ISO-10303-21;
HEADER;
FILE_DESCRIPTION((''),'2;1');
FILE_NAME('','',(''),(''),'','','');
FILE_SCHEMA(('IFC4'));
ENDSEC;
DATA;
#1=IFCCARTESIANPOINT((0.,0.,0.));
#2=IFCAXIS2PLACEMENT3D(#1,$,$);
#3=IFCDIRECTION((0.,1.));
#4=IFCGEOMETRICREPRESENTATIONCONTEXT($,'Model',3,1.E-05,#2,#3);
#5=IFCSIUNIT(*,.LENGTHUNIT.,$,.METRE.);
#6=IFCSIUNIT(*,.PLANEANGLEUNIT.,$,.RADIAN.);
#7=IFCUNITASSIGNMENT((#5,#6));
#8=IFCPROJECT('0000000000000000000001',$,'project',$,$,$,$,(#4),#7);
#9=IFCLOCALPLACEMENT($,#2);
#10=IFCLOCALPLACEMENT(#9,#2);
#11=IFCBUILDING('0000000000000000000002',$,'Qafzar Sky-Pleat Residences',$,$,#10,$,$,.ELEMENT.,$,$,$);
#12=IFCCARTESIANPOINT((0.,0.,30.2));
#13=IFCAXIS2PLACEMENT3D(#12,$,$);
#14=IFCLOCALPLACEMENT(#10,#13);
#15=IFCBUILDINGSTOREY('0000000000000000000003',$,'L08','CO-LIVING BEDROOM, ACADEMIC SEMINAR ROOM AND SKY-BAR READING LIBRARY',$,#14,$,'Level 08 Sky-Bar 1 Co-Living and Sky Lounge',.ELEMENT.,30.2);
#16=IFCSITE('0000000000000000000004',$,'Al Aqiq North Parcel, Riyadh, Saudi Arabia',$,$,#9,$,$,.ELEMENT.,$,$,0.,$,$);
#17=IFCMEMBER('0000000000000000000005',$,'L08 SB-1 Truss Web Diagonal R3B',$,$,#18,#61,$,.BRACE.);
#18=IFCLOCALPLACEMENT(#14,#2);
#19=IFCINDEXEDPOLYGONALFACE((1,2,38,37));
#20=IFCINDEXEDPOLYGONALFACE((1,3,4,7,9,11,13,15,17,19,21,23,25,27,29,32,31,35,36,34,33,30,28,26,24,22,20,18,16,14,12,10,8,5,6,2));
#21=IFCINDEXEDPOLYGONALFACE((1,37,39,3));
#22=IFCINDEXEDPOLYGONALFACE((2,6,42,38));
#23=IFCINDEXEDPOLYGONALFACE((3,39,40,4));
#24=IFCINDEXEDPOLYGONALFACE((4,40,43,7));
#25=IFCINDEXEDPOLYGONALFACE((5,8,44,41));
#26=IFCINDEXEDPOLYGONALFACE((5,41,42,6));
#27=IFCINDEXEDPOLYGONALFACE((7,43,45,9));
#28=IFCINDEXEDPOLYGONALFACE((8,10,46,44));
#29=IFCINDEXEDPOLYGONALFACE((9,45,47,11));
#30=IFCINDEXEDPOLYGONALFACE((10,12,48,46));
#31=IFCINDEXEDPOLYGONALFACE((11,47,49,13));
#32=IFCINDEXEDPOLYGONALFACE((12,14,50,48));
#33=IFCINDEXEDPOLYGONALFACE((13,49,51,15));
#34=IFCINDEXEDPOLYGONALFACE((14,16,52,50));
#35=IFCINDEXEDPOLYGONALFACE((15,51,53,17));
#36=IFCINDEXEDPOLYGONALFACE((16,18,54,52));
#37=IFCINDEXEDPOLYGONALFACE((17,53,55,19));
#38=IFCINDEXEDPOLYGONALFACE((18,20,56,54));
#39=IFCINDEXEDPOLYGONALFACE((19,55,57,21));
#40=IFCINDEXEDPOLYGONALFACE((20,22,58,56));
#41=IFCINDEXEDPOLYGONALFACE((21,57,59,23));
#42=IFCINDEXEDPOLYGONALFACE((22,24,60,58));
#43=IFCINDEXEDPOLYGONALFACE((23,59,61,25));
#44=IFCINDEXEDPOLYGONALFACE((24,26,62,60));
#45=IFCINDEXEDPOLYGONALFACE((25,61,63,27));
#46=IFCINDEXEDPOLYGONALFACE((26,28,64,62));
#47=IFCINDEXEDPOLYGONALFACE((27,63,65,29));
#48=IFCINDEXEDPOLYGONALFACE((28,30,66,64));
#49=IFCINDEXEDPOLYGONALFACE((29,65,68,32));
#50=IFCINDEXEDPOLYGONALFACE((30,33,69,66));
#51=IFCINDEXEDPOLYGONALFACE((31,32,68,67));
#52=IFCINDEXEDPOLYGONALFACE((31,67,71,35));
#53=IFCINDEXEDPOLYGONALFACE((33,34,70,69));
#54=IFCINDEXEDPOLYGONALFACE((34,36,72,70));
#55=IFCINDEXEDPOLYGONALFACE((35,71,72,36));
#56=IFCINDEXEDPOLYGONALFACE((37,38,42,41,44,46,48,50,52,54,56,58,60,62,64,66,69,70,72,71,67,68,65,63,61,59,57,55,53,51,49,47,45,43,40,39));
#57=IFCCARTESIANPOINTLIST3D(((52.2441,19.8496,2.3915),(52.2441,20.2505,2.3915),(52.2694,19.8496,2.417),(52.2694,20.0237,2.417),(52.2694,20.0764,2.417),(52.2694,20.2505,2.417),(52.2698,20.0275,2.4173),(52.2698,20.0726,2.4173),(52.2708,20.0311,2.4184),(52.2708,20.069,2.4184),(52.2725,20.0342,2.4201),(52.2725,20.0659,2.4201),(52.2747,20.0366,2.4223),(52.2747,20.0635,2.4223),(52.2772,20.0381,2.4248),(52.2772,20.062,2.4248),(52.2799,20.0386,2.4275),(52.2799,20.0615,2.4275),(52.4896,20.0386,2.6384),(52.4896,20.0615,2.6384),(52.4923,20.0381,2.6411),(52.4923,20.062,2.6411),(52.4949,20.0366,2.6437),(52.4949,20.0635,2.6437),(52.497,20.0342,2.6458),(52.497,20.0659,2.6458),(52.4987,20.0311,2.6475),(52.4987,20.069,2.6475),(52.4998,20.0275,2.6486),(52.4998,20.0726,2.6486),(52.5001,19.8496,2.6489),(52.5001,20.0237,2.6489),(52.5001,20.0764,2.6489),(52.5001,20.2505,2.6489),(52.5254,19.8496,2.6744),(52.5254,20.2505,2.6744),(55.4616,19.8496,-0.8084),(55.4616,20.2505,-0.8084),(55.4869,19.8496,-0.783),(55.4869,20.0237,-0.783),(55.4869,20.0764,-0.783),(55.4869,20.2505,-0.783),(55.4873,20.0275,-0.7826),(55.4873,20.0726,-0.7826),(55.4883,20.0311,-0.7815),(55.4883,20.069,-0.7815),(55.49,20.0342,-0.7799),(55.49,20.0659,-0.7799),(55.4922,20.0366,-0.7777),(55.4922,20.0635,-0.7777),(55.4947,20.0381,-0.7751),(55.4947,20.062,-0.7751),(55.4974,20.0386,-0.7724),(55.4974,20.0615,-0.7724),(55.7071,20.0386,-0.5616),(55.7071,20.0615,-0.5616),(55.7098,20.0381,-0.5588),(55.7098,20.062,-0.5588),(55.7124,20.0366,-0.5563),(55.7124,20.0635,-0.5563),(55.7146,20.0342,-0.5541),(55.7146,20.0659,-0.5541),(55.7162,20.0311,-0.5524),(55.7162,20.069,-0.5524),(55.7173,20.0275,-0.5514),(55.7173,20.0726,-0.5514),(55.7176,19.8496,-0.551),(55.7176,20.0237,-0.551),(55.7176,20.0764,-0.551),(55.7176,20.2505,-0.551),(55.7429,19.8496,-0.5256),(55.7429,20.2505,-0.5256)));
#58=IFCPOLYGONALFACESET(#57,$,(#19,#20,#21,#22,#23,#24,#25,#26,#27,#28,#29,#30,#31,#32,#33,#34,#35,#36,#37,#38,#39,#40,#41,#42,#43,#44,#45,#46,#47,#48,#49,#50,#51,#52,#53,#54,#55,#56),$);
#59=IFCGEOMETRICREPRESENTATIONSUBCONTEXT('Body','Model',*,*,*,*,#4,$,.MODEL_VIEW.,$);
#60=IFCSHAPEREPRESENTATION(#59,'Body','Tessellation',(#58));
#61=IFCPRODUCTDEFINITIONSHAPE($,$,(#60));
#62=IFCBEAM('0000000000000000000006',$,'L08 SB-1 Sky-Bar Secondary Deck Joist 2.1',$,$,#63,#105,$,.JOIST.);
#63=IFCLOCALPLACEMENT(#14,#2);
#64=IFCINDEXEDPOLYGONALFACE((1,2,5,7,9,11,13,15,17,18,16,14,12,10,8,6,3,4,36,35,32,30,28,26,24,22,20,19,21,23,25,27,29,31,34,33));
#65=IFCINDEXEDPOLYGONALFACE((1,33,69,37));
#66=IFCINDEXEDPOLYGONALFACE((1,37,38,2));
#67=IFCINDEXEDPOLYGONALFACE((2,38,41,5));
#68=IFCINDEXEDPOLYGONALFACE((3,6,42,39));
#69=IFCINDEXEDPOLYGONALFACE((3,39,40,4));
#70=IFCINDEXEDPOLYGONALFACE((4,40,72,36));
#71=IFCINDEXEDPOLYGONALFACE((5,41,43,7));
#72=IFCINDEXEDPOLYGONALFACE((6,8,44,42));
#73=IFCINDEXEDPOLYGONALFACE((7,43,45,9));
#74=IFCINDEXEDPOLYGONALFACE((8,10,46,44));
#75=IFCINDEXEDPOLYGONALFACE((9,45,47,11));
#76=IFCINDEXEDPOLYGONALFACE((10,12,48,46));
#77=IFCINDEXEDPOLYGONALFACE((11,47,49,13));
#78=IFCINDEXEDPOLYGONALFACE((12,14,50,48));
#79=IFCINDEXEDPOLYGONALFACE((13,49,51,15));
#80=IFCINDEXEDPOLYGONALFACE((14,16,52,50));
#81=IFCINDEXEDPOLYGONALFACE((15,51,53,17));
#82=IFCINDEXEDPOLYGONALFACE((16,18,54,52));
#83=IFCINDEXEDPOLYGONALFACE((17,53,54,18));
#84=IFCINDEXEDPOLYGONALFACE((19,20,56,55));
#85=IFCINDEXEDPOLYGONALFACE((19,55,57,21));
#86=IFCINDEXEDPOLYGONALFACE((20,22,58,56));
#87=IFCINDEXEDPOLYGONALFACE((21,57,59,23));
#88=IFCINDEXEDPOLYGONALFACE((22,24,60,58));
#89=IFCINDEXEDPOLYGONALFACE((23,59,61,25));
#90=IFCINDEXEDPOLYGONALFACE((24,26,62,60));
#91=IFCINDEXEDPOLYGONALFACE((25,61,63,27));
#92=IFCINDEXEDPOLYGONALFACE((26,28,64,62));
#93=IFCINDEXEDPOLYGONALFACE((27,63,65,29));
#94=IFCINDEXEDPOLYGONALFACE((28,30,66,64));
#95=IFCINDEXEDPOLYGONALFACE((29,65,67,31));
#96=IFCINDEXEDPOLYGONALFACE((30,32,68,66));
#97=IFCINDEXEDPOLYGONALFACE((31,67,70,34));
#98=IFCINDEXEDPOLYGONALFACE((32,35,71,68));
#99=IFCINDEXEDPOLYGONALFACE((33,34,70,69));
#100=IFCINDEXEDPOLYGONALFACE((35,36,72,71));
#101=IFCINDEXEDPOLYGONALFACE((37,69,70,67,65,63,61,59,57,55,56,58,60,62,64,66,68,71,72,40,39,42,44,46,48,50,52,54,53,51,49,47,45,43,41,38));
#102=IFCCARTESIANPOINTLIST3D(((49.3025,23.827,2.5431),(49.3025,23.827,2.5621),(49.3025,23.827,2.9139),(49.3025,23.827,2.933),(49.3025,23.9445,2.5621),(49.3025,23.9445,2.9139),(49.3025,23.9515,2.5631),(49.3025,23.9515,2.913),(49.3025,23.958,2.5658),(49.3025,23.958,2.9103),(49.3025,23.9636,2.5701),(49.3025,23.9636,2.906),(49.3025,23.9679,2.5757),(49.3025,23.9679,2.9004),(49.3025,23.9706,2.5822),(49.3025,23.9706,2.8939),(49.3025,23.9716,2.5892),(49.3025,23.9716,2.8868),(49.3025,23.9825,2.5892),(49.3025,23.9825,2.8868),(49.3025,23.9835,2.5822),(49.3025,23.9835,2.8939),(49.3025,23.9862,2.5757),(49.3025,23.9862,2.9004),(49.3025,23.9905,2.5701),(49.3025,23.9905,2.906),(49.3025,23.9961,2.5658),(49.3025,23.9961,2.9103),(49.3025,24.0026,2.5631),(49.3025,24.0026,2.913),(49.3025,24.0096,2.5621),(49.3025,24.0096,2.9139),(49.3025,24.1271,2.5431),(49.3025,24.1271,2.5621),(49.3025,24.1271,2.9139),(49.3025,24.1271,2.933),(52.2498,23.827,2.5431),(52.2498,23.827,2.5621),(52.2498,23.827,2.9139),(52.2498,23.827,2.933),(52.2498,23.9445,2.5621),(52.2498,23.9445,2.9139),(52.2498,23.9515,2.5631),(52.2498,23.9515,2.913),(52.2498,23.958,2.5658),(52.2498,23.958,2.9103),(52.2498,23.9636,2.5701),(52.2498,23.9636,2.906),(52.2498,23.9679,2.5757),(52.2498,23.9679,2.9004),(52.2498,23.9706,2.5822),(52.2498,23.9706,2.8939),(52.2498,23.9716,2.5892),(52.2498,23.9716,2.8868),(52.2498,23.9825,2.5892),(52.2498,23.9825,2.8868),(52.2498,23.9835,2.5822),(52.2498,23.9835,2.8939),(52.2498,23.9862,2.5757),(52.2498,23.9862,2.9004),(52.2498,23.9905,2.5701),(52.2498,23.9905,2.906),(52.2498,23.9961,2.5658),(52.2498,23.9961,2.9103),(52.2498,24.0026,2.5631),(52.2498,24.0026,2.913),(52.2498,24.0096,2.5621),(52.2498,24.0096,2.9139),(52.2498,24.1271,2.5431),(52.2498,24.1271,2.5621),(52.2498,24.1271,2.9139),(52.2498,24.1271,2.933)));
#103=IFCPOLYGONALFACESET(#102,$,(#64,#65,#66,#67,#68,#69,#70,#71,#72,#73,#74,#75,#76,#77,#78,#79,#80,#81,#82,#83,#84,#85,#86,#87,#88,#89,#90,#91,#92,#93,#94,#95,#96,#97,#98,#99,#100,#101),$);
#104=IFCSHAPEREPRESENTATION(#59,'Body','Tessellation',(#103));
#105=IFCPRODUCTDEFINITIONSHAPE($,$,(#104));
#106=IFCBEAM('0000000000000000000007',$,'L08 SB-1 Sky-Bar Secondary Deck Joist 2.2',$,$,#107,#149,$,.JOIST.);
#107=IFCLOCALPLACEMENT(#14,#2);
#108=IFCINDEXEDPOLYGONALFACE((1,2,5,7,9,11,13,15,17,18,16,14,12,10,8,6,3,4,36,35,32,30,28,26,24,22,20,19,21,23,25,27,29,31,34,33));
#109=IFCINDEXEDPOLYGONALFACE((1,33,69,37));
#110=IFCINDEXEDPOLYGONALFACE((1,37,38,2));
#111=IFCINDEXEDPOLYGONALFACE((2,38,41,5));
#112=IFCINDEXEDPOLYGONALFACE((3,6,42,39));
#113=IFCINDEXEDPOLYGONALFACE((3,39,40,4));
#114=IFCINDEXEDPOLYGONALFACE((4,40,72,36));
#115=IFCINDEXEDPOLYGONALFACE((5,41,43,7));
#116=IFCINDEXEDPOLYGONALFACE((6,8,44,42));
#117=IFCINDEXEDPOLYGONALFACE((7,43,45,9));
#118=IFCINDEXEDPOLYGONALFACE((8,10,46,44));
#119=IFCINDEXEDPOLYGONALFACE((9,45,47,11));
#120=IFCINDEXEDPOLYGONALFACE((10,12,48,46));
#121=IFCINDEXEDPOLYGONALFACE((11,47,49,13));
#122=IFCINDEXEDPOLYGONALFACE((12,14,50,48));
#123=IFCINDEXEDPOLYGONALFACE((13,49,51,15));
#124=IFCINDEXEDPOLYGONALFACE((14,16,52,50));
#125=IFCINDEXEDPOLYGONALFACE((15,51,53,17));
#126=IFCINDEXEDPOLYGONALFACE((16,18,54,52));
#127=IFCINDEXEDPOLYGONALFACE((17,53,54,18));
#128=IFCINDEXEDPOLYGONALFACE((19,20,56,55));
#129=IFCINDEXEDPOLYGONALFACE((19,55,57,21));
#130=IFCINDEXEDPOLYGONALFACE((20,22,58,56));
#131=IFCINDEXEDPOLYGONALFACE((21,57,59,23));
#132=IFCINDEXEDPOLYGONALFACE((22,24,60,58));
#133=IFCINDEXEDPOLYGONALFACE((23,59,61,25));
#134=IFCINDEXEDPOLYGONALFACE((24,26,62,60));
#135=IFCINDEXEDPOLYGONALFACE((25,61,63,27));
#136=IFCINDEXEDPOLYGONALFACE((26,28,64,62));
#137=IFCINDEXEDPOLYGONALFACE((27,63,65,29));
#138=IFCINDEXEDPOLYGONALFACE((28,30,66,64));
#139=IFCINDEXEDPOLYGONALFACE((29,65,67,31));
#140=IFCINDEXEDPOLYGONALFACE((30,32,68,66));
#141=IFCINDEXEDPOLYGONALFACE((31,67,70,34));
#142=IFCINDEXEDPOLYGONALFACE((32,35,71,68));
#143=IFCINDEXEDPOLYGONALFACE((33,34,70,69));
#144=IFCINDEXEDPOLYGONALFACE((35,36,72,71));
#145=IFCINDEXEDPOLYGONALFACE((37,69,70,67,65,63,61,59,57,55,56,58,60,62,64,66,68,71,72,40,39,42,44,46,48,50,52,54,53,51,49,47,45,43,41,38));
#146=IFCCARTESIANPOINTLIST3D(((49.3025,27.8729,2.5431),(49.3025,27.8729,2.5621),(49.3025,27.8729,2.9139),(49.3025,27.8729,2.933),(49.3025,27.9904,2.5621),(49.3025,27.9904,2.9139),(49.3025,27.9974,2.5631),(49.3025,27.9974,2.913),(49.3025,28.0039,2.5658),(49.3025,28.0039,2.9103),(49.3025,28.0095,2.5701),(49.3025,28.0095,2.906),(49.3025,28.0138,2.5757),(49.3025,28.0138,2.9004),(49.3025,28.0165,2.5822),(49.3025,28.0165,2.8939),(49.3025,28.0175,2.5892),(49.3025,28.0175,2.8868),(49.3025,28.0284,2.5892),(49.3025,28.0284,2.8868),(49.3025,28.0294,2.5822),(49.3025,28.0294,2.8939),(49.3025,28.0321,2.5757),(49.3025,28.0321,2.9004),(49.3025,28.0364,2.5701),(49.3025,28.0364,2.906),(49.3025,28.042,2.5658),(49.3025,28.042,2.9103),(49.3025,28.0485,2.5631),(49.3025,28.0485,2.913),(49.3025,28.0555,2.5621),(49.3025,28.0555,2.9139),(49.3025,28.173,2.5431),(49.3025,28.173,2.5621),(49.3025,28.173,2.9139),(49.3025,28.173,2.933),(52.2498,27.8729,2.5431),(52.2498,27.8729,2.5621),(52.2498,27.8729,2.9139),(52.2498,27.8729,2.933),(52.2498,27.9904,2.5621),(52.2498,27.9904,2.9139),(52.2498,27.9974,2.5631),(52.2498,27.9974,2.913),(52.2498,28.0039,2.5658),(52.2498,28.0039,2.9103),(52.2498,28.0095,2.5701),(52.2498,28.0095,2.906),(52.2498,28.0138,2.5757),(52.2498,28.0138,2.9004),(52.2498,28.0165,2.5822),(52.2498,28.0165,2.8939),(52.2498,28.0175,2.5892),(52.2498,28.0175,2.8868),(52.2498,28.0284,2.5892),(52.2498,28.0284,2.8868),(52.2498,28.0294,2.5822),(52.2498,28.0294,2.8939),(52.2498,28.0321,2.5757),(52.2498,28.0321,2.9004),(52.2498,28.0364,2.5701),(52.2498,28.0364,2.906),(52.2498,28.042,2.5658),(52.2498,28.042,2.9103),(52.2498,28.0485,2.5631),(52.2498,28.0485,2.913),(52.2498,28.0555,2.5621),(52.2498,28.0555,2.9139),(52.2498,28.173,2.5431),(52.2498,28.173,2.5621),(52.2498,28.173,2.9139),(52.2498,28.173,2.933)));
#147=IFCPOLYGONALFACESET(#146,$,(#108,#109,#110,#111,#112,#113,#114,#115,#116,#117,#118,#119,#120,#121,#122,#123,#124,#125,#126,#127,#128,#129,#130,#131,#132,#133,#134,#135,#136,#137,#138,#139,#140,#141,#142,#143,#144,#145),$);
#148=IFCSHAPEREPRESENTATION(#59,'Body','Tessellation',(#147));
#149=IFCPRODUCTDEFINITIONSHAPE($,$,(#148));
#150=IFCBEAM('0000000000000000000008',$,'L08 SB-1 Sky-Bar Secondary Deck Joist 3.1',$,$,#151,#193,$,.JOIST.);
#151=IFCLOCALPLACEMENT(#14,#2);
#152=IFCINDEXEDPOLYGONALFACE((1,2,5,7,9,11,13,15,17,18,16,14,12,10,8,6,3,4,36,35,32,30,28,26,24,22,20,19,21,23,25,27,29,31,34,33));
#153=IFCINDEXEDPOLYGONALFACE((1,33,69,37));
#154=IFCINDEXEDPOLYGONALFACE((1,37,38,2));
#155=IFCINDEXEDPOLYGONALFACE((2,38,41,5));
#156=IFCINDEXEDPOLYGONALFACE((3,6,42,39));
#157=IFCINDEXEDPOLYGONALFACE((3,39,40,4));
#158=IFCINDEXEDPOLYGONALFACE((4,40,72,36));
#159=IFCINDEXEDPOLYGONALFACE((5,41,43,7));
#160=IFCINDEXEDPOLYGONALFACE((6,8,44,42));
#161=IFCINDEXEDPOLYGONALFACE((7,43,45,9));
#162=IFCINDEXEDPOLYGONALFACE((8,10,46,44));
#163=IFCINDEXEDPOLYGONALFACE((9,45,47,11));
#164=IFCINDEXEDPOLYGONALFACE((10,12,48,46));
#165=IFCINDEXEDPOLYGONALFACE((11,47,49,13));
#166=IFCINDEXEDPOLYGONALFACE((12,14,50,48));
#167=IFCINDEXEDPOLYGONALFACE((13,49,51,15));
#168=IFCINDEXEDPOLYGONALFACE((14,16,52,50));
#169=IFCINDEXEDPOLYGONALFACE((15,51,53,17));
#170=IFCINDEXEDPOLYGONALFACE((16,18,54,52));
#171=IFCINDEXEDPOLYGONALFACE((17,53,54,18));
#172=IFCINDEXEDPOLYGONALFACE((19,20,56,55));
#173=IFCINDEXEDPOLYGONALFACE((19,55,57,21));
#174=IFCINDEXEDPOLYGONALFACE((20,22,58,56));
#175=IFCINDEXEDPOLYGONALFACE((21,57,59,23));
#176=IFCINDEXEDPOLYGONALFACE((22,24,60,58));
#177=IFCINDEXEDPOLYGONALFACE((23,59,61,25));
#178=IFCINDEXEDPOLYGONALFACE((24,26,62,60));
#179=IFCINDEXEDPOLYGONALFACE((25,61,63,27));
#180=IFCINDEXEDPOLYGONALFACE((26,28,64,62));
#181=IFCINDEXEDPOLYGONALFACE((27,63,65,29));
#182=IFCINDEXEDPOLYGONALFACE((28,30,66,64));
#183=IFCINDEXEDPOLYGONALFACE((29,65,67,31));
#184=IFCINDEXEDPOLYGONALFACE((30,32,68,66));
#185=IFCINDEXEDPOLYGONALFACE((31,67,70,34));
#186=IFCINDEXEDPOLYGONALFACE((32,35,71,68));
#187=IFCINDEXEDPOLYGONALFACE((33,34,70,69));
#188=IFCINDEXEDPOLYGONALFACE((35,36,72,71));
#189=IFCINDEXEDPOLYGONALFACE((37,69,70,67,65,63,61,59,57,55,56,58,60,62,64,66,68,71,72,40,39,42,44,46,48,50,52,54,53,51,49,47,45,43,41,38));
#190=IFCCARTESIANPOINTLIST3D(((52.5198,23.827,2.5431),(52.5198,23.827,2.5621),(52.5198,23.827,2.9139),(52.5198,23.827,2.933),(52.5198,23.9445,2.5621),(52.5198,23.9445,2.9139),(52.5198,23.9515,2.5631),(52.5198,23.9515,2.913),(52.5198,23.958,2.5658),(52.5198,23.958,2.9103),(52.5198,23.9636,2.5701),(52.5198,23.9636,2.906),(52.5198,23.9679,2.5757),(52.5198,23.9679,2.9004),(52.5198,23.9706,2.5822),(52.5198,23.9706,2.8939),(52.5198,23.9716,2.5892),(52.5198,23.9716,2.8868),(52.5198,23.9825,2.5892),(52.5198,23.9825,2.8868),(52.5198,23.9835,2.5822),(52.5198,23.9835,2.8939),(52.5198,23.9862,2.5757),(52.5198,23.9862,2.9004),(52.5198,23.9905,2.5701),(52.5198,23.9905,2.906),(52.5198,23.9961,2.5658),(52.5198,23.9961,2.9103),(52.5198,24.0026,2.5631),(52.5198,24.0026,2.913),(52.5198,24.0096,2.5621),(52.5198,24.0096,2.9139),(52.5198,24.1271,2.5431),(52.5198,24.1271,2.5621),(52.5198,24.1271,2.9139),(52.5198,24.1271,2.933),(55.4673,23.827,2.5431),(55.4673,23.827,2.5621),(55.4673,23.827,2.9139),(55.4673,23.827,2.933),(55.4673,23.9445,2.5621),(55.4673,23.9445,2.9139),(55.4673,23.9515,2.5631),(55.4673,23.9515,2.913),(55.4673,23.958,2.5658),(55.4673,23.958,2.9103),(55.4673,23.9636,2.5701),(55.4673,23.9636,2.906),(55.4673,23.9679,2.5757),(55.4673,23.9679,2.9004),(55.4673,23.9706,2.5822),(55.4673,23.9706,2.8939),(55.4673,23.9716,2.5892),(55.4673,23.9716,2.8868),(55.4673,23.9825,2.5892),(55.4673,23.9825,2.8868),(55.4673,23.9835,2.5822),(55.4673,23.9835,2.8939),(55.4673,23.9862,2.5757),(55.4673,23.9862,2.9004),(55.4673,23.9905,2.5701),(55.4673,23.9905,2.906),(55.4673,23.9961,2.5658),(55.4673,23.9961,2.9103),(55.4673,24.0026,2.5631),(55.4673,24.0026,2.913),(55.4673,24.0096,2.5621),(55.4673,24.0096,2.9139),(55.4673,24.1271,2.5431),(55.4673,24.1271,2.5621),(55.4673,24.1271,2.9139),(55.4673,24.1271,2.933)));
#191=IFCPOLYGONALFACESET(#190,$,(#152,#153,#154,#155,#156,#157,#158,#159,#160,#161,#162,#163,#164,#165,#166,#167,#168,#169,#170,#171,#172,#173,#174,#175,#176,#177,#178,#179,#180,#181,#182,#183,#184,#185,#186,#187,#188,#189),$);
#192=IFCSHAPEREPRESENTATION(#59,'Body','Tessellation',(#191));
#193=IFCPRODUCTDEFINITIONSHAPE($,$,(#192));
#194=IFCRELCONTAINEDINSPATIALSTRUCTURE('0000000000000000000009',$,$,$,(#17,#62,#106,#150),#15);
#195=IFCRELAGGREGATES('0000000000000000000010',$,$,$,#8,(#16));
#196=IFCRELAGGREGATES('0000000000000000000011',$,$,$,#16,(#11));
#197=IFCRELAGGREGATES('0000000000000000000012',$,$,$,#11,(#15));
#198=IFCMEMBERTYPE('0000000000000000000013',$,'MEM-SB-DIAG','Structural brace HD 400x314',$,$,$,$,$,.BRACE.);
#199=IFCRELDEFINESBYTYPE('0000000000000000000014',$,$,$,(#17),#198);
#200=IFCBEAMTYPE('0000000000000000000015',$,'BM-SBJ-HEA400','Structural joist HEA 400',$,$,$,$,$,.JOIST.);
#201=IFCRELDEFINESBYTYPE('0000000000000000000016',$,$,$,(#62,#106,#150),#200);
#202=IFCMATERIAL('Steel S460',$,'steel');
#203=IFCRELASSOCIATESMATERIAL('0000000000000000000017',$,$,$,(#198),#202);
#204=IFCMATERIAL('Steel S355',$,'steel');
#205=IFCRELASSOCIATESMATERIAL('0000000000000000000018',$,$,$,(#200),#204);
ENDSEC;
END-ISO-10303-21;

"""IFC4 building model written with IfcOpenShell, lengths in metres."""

from ifc_helpers import new_model, si_unit, direction, frame, origin, origin_2d, place, context, subcontext, project, spatial, i_section, extrude, source, transform, mapped, material, material_profile, profile_set, type_object, element, save


model = new_model("IFC4")

# Units and contexts
model_context = context("Model", 3, precision=1e-05, world=origin(), true_north=direction((0.0, 1.0)))
body_context = subcontext(model_context, "Body", "Model", "MODEL_VIEW")
ifc_project = project(units=[si_unit("LENGTHUNIT", "METRE"), si_unit("PLANEANGLEUNIT", "RADIAN")], contexts=[model_context])

# Site, building, storey
site_placement = place(None, origin())
site = spatial("IfcSite", under=ifc_project, at=site_placement, Name="Al Aqiq North Parcel, Riyadh, Saudi Arabia", CompositionType="ELEMENT", RefElevation=0.0)
building_placement = place(site_placement, origin())
building = spatial("IfcBuilding", under=site, at=building_placement, Name="Qafzar Sky-Pleat Residences", CompositionType="ELEMENT")
storey_placement = place(building_placement, frame((0.0, 0.0, 30.2)))
storey = spatial("IfcBuildingStorey", under=building, at=storey_placement, Name="L08", Description="CO-LIVING BEDROOM, ACADEMIC SEMINAR ROOM AND SKY-BAR READING LIBRARY", LongName="Level 08 Sky-Bar 1 Co-Living and Sky Lounge", CompositionType="ELEMENT", Elevation=30.2)

# Shared definitions
ifc_material_1 = material(Name="Steel S460", Category="steel")

# Shared definitions
ifc_material_2 = material(Name="Steel S355", Category="steel")

# Member
ifc_material_profile_1 = material_profile(ifc_material_1, i_section(OverallWidth=0.4009, OverallDepth=0.3989, WebThickness=0.0229, FlangeThickness=0.0359, FilletRadius=0.0149, at=origin_2d()), Name="HD 400x314")
ifc_profile_set_1 = profile_set([ifc_material_profile_1], Name="Steel S460")
member_type = type_object("IfcMemberType", Name="MEM-SB-DIAG", Description="Structural brace HD 400x314", PredefinedType="BRACE", material=ifc_profile_set_1)
shared_shape_1 = source(origin(), body_context, "Body", "SweptSolid", [
    extrude(i_section(OverallWidth=0.4009, OverallDepth=0.3989, WebThickness=0.0229, FlangeThickness=0.0359, FilletRadius=0.0149, at=origin_2d()), origin(), (0.0, 0.0, 1.0), 4.5378),
])
for number, where, z_axis, x_axis, name in (
    (1, (52.3848, 20.05, 2.533), (0.709041, 0.0, -0.705167), (0.0, 1.0, 0.0), "L08 SB-1 Truss Web Diagonal R3B"),
):
    element("IfcMember", number, at=place(storey_placement, frame(where, z_axis=z_axis, x_axis=x_axis)), inside=storey, type_object=member_type, Name=name, PredefinedType="BRACE", context=body_context, shape_type="MappedRepresentation", body=[
        mapped(shared_shape_1, transform((0.0, 0.0, 0.0), x_axis=(1.0, 0.0, 0.0), y_axis=(0.0, 1.0, 0.0), z_axis=(0.0, 0.0, 1.0), scale=1.0)),
    ])

# Beams
ifc_material_profile_2 = material_profile(ifc_material_2, i_section(OverallWidth=0.3, OverallDepth=0.3899, WebThickness=0.011, FlangeThickness=0.019, FilletRadius=0.0271, at=origin_2d()), Name="HEA 400")
ifc_profile_set_2 = profile_set([ifc_material_profile_2], Name="Steel S355")
beam_type_1 = type_object("IfcBeamType", Name="BM-SBJ-HEA400", Description="Structural joist HEA 400", PredefinedType="JOIST", material=ifc_profile_set_2)
shared_shape_2 = source(origin(), body_context, "Body", "SweptSolid", [
    extrude(i_section(OverallWidth=0.3, OverallDepth=0.3899, WebThickness=0.011, FlangeThickness=0.019, FilletRadius=0.0271, at=origin_2d()), origin(), (0.0, 0.0, 1.0), 2.9473),
])
for number, where, z_axis, x_axis, name in (
    (2, (49.3025, 23.9771, 2.738), (1.0, 0.0, 0.0), (0.0, 1.0, 0.0), "L08 SB-1 Sky-Bar Secondary Deck Joist 2.1"),
    (3, (49.3025, 28.0229, 2.738), (1.0, 0.0, 0.0), (0.0, 1.0, 0.0), "L08 SB-1 Sky-Bar Secondary Deck Joist 2.2"),
):
    element("IfcBeam", number, at=place(storey_placement, frame(where, z_axis=z_axis, x_axis=x_axis)), inside=storey, type_object=beam_type_1, Name=name, PredefinedType="JOIST", context=body_context, shape_type="MappedRepresentation", body=[
        mapped(shared_shape_2, transform((0.0, 0.0, 0.0), x_axis=(1.0, 0.0, 0.0), y_axis=(0.0, 1.0, 0.0), z_axis=(0.0, 0.0, 1.0), scale=1.0)),
    ])
shared_shape_3 = source(origin(), body_context, "Body", "SweptSolid", [
    extrude(i_section(OverallWidth=0.3, OverallDepth=0.3899, WebThickness=0.011, FlangeThickness=0.019, FilletRadius=0.0271, at=origin_2d()), origin(), (0.0, 0.0, 1.0), 2.9475),
])
for number, where, z_axis, x_axis, name in (
    (4, (52.5198, 23.9771, 2.738), (1.0, 0.0, 0.0), (0.0, 1.0, 0.0), "L08 SB-1 Sky-Bar Secondary Deck Joist 3.1"),
):
    element("IfcBeam", number, at=place(storey_placement, frame(where, z_axis=z_axis, x_axis=x_axis)), inside=storey, type_object=beam_type_1, Name=name, PredefinedType="JOIST", context=body_context, shape_type="MappedRepresentation", body=[
        mapped(shared_shape_3, transform((0.0, 0.0, 0.0), x_axis=(1.0, 0.0, 0.0), y_axis=(0.0, 1.0, 0.0), z_axis=(0.0, 0.0, 1.0), scale=1.0)),
    ])

save(model, "model.ifc")
